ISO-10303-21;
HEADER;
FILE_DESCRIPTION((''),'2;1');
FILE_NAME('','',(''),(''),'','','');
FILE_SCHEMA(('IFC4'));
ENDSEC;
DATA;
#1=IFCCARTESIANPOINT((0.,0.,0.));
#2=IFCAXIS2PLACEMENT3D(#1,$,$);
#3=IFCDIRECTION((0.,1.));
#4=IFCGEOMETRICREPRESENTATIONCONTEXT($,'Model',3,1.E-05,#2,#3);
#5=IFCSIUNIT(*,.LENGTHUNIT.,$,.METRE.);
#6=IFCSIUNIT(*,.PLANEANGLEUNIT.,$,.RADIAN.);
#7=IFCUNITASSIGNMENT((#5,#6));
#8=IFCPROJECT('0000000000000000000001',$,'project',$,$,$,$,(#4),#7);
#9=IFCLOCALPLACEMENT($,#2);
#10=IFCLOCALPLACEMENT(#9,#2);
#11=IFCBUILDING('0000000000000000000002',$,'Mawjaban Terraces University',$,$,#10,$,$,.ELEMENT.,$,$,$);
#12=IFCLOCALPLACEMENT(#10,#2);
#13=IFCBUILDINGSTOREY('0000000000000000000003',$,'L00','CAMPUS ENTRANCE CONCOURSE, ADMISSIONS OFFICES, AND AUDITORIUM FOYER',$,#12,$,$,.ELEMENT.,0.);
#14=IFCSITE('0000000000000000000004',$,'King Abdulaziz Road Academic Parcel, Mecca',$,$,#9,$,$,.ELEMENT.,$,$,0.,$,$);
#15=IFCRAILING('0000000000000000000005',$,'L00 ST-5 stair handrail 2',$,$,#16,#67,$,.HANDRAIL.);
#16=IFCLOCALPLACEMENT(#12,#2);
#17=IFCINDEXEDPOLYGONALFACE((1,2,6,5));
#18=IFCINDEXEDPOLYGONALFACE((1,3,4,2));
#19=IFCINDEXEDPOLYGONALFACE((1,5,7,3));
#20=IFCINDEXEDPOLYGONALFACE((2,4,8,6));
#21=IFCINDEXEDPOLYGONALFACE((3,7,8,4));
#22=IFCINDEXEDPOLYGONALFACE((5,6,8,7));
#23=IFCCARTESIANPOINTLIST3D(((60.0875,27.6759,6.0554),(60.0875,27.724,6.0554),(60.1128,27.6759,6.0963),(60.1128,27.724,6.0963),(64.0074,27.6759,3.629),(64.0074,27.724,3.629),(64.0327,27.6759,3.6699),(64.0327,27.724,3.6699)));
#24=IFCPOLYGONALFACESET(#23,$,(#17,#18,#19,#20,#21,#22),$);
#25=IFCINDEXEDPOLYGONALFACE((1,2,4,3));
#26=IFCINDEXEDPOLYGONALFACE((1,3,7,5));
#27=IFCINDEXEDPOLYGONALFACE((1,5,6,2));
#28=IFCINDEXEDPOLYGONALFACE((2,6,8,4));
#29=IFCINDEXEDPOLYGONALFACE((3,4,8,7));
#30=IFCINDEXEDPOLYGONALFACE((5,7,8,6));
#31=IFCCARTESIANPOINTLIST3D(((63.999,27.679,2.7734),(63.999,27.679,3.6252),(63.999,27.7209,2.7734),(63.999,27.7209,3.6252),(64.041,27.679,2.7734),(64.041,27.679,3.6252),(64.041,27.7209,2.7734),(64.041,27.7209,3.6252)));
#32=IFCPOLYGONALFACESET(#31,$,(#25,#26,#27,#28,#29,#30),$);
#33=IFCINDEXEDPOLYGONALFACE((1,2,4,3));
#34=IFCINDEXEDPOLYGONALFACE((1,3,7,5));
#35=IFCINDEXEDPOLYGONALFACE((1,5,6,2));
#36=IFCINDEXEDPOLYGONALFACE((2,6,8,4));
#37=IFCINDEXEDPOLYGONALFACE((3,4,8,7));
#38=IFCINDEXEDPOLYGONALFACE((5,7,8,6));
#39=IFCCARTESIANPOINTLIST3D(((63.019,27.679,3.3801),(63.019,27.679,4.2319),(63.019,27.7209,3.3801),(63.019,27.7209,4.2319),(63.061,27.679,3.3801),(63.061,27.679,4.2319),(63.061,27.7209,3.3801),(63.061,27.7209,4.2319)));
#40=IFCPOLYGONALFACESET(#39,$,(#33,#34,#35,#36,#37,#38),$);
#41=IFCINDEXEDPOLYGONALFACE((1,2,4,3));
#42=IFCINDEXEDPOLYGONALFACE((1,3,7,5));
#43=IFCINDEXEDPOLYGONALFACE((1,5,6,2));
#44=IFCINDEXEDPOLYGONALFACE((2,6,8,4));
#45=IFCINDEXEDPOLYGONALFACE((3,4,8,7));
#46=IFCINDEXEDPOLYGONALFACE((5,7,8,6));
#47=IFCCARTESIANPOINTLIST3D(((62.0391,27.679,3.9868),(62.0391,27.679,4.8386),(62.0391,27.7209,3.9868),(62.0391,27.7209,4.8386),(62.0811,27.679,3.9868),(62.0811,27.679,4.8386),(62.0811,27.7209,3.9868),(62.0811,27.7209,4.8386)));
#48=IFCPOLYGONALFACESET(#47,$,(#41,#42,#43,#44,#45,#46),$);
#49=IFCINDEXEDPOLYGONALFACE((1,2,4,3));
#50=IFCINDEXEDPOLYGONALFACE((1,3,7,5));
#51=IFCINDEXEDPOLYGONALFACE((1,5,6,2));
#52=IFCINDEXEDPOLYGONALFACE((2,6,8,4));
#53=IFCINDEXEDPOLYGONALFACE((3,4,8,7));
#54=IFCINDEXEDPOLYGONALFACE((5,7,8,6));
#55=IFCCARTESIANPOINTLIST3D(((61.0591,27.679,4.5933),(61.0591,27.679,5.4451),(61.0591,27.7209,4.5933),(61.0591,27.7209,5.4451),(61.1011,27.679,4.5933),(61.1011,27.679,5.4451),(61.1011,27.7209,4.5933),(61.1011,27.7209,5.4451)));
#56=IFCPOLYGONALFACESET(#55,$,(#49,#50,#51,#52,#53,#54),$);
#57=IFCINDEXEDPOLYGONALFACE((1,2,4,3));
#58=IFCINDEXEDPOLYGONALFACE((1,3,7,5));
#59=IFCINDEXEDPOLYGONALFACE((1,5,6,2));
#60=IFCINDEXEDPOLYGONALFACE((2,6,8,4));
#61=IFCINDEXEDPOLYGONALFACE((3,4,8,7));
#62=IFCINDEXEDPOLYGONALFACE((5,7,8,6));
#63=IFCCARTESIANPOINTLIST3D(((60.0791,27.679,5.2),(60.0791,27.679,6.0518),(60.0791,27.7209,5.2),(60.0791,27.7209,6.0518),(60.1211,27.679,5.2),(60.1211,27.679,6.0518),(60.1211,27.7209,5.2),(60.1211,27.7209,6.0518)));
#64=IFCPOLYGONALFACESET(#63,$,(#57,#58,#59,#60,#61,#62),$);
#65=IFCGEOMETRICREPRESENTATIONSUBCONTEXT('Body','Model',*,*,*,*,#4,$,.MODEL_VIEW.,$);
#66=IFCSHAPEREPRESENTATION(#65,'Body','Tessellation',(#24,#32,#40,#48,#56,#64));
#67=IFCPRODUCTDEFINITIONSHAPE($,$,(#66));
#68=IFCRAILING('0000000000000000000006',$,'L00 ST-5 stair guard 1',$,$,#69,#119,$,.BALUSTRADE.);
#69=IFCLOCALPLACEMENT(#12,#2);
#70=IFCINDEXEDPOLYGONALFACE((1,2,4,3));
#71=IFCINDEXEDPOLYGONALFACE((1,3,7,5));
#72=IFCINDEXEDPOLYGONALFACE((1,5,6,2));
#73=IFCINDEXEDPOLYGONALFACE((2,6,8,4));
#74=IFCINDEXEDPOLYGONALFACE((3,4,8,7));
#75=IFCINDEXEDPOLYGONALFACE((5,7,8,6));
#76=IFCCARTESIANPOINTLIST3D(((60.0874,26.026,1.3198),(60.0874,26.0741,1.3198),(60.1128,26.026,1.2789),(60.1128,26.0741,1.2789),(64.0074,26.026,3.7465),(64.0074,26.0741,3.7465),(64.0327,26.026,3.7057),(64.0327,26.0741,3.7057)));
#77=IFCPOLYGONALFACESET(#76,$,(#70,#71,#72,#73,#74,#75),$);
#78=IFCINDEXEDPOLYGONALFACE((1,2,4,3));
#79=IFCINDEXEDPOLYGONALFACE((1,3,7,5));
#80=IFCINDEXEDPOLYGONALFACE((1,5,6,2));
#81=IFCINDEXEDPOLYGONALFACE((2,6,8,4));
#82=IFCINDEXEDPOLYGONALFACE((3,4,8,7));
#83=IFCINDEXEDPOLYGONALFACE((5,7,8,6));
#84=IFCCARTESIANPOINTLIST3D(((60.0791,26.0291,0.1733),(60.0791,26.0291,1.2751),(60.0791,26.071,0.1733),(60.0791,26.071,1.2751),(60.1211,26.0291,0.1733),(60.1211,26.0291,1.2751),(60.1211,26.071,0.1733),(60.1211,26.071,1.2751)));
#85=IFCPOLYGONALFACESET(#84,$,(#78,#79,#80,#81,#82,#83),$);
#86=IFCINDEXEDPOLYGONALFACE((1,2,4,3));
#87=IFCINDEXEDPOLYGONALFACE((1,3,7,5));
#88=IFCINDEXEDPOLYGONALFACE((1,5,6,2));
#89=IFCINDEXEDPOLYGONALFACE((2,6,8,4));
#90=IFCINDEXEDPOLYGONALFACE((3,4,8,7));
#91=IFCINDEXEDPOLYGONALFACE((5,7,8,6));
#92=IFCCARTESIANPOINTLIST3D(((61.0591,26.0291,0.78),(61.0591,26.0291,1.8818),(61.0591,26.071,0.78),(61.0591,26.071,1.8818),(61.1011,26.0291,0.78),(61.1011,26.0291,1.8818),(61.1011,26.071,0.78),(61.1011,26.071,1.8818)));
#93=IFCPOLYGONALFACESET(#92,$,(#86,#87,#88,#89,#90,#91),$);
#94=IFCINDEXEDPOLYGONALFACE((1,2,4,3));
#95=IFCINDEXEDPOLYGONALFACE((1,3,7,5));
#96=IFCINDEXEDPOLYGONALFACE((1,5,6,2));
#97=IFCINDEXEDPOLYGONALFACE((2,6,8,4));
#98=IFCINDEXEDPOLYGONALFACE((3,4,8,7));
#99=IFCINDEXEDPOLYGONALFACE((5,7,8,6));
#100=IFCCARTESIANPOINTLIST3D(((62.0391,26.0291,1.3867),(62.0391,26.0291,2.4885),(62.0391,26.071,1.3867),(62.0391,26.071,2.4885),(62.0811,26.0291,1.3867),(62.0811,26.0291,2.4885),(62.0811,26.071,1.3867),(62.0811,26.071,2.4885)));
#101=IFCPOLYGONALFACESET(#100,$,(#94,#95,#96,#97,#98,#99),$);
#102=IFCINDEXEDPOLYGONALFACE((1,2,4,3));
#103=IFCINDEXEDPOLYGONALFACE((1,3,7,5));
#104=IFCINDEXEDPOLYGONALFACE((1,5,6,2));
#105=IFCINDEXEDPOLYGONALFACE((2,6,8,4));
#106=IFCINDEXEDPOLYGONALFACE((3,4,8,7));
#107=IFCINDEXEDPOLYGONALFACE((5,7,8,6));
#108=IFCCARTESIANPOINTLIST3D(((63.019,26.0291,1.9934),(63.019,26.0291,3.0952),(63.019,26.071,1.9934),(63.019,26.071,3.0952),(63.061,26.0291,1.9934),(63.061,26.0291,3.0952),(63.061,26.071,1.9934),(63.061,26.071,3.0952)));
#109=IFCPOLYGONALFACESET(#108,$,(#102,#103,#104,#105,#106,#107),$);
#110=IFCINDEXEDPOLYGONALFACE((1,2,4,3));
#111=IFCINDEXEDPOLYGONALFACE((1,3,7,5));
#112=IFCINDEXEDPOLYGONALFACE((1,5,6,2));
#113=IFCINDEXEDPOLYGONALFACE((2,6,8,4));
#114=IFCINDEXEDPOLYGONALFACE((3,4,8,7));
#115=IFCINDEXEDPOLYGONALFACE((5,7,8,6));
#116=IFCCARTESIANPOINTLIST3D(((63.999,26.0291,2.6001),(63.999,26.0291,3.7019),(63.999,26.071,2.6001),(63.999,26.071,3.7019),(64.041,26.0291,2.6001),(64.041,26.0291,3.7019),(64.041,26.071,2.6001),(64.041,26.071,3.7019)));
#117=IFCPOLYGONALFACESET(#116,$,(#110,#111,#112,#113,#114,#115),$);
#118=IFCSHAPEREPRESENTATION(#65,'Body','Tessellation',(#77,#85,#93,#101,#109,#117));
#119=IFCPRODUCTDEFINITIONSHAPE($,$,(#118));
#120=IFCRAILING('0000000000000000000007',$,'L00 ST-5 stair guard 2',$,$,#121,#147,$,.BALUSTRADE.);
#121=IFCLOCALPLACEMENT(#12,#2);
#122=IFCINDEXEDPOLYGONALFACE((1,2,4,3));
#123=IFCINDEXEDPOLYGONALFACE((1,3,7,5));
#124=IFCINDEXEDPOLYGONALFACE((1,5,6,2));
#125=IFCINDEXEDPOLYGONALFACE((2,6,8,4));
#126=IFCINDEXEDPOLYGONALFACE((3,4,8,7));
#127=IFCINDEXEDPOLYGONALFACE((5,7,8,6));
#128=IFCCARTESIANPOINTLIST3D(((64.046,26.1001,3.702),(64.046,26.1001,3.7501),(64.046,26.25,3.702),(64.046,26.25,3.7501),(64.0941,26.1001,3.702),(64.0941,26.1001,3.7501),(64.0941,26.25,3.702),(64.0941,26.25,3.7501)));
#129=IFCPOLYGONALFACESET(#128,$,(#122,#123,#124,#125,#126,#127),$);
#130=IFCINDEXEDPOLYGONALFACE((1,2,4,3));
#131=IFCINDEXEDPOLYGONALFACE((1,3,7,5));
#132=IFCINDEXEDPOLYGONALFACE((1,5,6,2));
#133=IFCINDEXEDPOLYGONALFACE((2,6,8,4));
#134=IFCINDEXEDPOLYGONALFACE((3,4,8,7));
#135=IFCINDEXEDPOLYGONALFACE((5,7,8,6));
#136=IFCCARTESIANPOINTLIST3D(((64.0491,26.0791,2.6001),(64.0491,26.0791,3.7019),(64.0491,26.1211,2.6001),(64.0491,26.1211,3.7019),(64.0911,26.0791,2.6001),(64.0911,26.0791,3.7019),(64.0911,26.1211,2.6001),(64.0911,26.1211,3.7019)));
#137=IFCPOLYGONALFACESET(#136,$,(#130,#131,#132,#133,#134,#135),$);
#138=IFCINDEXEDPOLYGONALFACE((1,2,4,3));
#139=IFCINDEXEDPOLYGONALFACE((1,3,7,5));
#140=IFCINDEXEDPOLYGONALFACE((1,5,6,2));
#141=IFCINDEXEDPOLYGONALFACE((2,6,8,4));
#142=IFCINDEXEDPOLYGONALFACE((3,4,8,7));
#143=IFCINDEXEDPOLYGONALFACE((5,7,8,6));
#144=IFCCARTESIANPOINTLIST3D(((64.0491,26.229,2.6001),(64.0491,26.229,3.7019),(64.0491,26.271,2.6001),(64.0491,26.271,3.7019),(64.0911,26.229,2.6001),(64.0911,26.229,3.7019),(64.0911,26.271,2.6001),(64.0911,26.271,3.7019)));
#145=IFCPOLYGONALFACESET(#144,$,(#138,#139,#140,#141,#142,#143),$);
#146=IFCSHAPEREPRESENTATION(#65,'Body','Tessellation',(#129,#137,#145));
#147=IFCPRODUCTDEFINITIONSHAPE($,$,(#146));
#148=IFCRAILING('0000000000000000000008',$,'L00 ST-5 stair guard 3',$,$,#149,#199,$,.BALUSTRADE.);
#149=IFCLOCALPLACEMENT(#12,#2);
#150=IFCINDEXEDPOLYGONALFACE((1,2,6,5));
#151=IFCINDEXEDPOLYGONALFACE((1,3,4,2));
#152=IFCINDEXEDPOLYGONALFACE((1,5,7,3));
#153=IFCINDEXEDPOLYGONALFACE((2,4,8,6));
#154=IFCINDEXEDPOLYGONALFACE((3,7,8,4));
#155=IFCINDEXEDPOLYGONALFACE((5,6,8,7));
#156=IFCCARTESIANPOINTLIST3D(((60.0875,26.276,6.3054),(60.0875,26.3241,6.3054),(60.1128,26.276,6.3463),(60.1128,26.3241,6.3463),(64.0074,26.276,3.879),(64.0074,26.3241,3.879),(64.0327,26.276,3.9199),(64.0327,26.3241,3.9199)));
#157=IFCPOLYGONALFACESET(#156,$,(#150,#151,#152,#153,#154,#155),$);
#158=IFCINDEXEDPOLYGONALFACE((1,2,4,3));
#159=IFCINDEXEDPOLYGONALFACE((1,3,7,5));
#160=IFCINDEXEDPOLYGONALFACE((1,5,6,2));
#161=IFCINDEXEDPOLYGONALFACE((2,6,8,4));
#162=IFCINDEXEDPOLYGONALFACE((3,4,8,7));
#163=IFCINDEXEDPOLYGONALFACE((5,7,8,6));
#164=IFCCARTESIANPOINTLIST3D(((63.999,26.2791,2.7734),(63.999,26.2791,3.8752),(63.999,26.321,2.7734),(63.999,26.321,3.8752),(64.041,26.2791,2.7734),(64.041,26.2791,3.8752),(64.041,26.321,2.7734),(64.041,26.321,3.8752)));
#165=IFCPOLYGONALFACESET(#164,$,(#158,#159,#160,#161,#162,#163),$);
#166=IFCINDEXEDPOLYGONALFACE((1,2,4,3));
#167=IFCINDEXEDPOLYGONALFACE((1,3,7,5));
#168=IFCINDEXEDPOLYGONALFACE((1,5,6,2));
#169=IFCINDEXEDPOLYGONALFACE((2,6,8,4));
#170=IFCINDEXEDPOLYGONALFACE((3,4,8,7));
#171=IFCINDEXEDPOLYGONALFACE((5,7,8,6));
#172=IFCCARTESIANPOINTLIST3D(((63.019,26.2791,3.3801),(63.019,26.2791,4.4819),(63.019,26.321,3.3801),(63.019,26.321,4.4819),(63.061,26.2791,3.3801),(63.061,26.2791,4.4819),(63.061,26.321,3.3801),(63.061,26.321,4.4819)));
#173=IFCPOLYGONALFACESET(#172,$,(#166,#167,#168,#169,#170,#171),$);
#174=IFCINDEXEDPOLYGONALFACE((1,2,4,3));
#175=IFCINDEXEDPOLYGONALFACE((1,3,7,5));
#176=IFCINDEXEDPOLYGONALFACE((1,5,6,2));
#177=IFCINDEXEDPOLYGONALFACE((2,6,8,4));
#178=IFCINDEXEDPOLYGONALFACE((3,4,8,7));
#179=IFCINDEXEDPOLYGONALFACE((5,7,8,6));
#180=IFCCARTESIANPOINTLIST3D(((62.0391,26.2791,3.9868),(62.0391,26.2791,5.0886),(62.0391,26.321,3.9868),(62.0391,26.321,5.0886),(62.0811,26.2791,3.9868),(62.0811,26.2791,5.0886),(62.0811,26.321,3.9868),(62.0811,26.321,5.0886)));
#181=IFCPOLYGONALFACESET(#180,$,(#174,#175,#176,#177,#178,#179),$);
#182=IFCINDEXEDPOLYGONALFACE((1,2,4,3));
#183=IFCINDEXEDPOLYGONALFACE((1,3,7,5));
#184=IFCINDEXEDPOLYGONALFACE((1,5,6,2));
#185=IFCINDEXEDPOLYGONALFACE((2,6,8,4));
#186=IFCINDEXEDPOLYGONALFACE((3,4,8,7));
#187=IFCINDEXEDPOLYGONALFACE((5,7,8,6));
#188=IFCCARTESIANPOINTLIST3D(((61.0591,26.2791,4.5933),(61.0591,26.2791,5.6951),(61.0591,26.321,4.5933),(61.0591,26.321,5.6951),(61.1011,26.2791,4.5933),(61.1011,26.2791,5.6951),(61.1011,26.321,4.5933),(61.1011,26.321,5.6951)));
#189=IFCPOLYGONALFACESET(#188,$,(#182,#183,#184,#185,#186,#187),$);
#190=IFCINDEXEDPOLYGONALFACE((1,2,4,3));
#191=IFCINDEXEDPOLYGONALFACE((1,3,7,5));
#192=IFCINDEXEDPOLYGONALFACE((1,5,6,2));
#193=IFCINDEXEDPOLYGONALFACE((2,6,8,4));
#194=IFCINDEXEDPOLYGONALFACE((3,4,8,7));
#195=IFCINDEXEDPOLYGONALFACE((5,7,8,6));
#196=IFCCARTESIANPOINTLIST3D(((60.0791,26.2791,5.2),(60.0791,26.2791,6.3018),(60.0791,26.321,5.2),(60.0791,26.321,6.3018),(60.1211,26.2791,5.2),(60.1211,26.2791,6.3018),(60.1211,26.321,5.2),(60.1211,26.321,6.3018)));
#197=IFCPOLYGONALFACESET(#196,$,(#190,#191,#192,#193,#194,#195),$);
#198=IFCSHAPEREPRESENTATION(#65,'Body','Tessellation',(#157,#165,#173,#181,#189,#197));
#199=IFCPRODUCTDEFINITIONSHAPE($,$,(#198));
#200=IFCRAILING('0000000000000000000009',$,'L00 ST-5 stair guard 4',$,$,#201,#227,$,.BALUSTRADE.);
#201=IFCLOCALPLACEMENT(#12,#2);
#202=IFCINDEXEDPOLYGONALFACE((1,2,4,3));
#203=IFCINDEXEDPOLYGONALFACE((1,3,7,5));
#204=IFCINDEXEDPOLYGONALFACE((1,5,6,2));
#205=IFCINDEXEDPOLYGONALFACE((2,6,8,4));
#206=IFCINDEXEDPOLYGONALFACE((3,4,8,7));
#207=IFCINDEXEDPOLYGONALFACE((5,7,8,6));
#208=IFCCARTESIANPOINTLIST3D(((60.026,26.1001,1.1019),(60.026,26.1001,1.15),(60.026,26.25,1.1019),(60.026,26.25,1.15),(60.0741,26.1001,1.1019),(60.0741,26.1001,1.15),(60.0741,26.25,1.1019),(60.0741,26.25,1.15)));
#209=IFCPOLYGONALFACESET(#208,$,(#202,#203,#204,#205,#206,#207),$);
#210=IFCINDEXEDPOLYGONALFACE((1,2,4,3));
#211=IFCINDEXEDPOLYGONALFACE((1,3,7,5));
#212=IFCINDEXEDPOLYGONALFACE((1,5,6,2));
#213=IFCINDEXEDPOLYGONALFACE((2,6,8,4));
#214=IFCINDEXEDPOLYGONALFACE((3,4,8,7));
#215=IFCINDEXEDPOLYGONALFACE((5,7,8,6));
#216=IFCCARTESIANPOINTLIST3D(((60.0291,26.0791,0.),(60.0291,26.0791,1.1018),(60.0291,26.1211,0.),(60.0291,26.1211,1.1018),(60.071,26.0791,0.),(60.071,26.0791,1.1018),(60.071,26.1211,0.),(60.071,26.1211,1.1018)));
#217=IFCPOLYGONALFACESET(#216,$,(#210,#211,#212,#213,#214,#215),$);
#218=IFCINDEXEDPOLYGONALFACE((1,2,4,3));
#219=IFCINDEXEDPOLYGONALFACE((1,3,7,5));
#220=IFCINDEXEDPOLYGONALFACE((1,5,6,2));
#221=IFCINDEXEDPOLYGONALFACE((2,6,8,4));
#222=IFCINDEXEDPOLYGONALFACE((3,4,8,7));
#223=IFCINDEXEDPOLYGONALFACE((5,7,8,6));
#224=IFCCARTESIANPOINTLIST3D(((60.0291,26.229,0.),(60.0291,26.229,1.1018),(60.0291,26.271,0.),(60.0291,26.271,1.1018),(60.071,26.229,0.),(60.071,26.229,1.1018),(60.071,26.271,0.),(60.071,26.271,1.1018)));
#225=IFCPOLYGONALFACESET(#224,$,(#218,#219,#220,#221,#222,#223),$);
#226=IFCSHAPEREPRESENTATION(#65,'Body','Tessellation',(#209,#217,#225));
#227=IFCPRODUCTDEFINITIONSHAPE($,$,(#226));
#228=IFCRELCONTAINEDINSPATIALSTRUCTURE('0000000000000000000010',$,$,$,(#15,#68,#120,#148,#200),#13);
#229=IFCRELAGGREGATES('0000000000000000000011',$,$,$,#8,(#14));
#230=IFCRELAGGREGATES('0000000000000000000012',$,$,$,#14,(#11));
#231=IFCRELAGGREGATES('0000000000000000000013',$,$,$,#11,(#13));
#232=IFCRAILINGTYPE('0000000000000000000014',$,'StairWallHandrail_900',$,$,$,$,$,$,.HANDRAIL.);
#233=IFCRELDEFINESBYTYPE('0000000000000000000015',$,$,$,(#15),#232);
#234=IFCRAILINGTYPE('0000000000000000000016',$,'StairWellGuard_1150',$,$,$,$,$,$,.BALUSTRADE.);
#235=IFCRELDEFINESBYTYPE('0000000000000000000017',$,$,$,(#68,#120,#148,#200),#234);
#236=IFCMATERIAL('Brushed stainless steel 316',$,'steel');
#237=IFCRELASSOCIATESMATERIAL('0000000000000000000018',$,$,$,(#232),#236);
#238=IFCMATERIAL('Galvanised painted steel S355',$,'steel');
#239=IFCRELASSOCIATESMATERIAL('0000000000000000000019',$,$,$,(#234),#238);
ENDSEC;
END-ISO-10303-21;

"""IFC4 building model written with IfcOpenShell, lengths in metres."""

from ifc_helpers import new_model, si_unit, direction, frame, origin, origin_2d, place, context, subcontext, project, spatial, rectangle, extrude, material, type_object, element, save


model = new_model("IFC4")

# Units and contexts
model_context = context("Model", 3, precision=1e-05, world=origin(), true_north=direction((0.0, 1.0)))
body_context = subcontext(model_context, "Body", "Model", "MODEL_VIEW")
ifc_project = project(units=[si_unit("LENGTHUNIT", "METRE"), si_unit("PLANEANGLEUNIT", "RADIAN")], contexts=[model_context])

# Site, building, storey
site_placement = place(None, origin())
site = spatial("IfcSite", under=ifc_project, at=site_placement, Name="King Abdulaziz Road Academic Parcel, Mecca", CompositionType="ELEMENT", RefElevation=0.0)
building_placement = place(site_placement, origin())
building = spatial("IfcBuilding", under=site, at=building_placement, Name="Mawjaban Terraces University", CompositionType="ELEMENT")
storey_placement = place(building_placement, origin())
storey = spatial("IfcBuildingStorey", under=building, at=storey_placement, Name="L00", Description="CAMPUS ENTRANCE CONCOURSE, ADMISSIONS OFFICES, AND AUDITORIUM FOYER", CompositionType="ELEMENT", Elevation=0.0)

# Railings
ifc_material_1 = material(Name="Brushed stainless steel 316", Category="steel")
railing_type_1 = type_object("IfcRailingType", Name="StairWallHandrail_900", PredefinedType="HANDRAIL", material=ifc_material_1)
railing_1_placement = place(storey_placement, frame((64.02, 27.7, 2.7734)))
element("IfcRailing", 1, at=railing_1_placement, inside=storey, type_object=railing_type_1, Name="L00 ST-5 stair handrail 2", PredefinedType="HANDRAIL", context=body_context, shape_type="SweptSolid", body=[
    extrude(rectangle(XDim=0.0481, YDim=0.0481, at=origin_2d()), frame((0.0, 0.0, 0.876), z_axis=(-0.850275, 0.0, 0.526338), x_axis=(0.0, -1.0, 0.0)), (0.0, 0.0, 1.0), 4.6101),
    extrude(rectangle(XDim=0.042, YDim=0.042, at=origin_2d()), origin(), (0.0, 0.0, 1.0), 0.8518),
    extrude(rectangle(XDim=0.042, YDim=0.042, at=origin_2d()), frame((-0.98, 0.0, 0.6067)), (0.0, 0.0, 1.0), 0.8518),
    extrude(rectangle(XDim=0.042, YDim=0.042, at=origin_2d()), frame((-1.96, 0.0, 1.2134)), (0.0, 0.0, 1.0), 0.8518),
    extrude(rectangle(XDim=0.042, YDim=0.042, at=origin_2d()), frame((-2.9399, 0.0, 1.8198)), (0.0, 0.0, 1.0), 0.8518),
    extrude(rectangle(XDim=0.042, YDim=0.042, at=origin_2d()), frame((-3.9199, 0.0, 2.4265)), (0.0, 0.0, 1.0), 0.8518),
])
ifc_material_2 = material(Name="Galvanised painted steel S355", Category="steel")
railing_type_2 = type_object("IfcRailingType", Name="StairWellGuard_1150", PredefinedType="BALUSTRADE", material=ifc_material_2)
railing_2_placement = place(storey_placement, frame((60.1001, 26.05, 0.1733)))
element("IfcRailing", 2, at=railing_2_placement, inside=storey, type_object=railing_type_2, Name="L00 ST-5 stair guard 1", PredefinedType="BALUSTRADE", context=body_context, shape_type="SweptSolid", body=[
    extrude(rectangle(XDim=0.0481, YDim=0.0481, at=origin_2d()), frame((0.0, 0.0, 1.126), z_axis=(0.850252, 0.0, 0.526376), x_axis=(0.0, 1.0, 0.0)), (0.0, 0.0, 1.0), 4.6104),
    extrude(rectangle(XDim=0.042, YDim=0.042, at=origin_2d()), origin(), (0.0, 0.0, 1.0), 1.1018),
    extrude(rectangle(XDim=0.042, YDim=0.042, at=origin_2d()), frame((0.98, 0.0, 0.6067)), (0.0, 0.0, 1.0), 1.1018),
    extrude(rectangle(XDim=0.042, YDim=0.042, at=origin_2d()), frame((1.96, 0.0, 1.2134)), (0.0, 0.0, 1.0), 1.1018),
    extrude(rectangle(XDim=0.042, YDim=0.042, at=origin_2d()), frame((2.9399, 0.0, 1.8201)), (0.0, 0.0, 1.0), 1.1018),
    extrude(rectangle(XDim=0.042, YDim=0.042, at=origin_2d()), frame((3.9199, 0.0, 2.4268)), (0.0, 0.0, 1.0), 1.1018),
])
railing_3_placement = place(storey_placement, frame((64.0701, 26.1001, 2.6001)))
element("IfcRailing", 3, at=railing_3_placement, inside=storey, type_object=railing_type_2, Name="L00 ST-5 stair guard 2", PredefinedType="BALUSTRADE", context=body_context, shape_type="SweptSolid", body=[
    extrude(rectangle(XDim=0.0481, YDim=0.0481, at=origin_2d()), frame((0.0, 0.0, 1.126), z_axis=(0.0, 1.0, 0.0), x_axis=(-1.0, 0.0, 0.0)), (0.0, 0.0, 1.0), 0.1499),
    extrude(rectangle(XDim=0.042, YDim=0.042, at=origin_2d()), origin(), (0.0, 0.0, 1.0), 1.1018),
    extrude(rectangle(XDim=0.042, YDim=0.042, at=origin_2d()), frame((0.0, 0.1499, 0.0)), (0.0, 0.0, 1.0), 1.1018),
])
railing_4_placement = place(storey_placement, frame((64.02, 26.3, 2.7734)))
element("IfcRailing", 4, at=railing_4_placement, inside=storey, type_object=railing_type_2, Name="L00 ST-5 stair guard 3", PredefinedType="BALUSTRADE", context=body_context, shape_type="SweptSolid", body=[
    extrude(rectangle(XDim=0.0481, YDim=0.0481, at=origin_2d()), frame((0.0, 0.0, 1.126), z_axis=(-0.850275, 0.0, 0.526338), x_axis=(0.0, -1.0, 0.0)), (0.0, 0.0, 1.0), 4.6101),
    extrude(rectangle(XDim=0.042, YDim=0.042, at=origin_2d()), origin(), (0.0, 0.0, 1.0), 1.1018),
    extrude(rectangle(XDim=0.042, YDim=0.042, at=origin_2d()), frame((-0.98, 0.0, 0.6067)), (0.0, 0.0, 1.0), 1.1018),
    extrude(rectangle(XDim=0.042, YDim=0.042, at=origin_2d()), frame((-1.96, 0.0, 1.2134)), (0.0, 0.0, 1.0), 1.1018),
    extrude(rectangle(XDim=0.042, YDim=0.042, at=origin_2d()), frame((-2.9399, 0.0, 1.8198)), (0.0, 0.0, 1.0), 1.1018),
    extrude(rectangle(XDim=0.042, YDim=0.042, at=origin_2d()), frame((-3.9199, 0.0, 2.4265)), (0.0, 0.0, 1.0), 1.1018),
])
railing_5_placement = place(storey_placement, frame((60.05, 26.1001, 0.0)))
element("IfcRailing", 5, at=railing_5_placement, inside=storey, type_object=railing_type_2, Name="L00 ST-5 stair guard 4", PredefinedType="BALUSTRADE", context=body_context, shape_type="SweptSolid", body=[
    extrude(rectangle(XDim=0.0481, YDim=0.0481, at=origin_2d()), frame((0.0, 0.0, 1.126), z_axis=(0.0, 1.0, 0.0), x_axis=(-1.0, 0.0, 0.0)), (0.0, 0.0, 1.0), 0.1499),
    extrude(rectangle(XDim=0.042, YDim=0.042, at=origin_2d()), origin(), (0.0, 0.0, 1.0), 1.1018),
    extrude(rectangle(XDim=0.042, YDim=0.042, at=origin_2d()), frame((0.0, 0.1499, 0.0)), (0.0, 0.0, 1.0), 1.1018),
])

save(model, "model.ifc")
